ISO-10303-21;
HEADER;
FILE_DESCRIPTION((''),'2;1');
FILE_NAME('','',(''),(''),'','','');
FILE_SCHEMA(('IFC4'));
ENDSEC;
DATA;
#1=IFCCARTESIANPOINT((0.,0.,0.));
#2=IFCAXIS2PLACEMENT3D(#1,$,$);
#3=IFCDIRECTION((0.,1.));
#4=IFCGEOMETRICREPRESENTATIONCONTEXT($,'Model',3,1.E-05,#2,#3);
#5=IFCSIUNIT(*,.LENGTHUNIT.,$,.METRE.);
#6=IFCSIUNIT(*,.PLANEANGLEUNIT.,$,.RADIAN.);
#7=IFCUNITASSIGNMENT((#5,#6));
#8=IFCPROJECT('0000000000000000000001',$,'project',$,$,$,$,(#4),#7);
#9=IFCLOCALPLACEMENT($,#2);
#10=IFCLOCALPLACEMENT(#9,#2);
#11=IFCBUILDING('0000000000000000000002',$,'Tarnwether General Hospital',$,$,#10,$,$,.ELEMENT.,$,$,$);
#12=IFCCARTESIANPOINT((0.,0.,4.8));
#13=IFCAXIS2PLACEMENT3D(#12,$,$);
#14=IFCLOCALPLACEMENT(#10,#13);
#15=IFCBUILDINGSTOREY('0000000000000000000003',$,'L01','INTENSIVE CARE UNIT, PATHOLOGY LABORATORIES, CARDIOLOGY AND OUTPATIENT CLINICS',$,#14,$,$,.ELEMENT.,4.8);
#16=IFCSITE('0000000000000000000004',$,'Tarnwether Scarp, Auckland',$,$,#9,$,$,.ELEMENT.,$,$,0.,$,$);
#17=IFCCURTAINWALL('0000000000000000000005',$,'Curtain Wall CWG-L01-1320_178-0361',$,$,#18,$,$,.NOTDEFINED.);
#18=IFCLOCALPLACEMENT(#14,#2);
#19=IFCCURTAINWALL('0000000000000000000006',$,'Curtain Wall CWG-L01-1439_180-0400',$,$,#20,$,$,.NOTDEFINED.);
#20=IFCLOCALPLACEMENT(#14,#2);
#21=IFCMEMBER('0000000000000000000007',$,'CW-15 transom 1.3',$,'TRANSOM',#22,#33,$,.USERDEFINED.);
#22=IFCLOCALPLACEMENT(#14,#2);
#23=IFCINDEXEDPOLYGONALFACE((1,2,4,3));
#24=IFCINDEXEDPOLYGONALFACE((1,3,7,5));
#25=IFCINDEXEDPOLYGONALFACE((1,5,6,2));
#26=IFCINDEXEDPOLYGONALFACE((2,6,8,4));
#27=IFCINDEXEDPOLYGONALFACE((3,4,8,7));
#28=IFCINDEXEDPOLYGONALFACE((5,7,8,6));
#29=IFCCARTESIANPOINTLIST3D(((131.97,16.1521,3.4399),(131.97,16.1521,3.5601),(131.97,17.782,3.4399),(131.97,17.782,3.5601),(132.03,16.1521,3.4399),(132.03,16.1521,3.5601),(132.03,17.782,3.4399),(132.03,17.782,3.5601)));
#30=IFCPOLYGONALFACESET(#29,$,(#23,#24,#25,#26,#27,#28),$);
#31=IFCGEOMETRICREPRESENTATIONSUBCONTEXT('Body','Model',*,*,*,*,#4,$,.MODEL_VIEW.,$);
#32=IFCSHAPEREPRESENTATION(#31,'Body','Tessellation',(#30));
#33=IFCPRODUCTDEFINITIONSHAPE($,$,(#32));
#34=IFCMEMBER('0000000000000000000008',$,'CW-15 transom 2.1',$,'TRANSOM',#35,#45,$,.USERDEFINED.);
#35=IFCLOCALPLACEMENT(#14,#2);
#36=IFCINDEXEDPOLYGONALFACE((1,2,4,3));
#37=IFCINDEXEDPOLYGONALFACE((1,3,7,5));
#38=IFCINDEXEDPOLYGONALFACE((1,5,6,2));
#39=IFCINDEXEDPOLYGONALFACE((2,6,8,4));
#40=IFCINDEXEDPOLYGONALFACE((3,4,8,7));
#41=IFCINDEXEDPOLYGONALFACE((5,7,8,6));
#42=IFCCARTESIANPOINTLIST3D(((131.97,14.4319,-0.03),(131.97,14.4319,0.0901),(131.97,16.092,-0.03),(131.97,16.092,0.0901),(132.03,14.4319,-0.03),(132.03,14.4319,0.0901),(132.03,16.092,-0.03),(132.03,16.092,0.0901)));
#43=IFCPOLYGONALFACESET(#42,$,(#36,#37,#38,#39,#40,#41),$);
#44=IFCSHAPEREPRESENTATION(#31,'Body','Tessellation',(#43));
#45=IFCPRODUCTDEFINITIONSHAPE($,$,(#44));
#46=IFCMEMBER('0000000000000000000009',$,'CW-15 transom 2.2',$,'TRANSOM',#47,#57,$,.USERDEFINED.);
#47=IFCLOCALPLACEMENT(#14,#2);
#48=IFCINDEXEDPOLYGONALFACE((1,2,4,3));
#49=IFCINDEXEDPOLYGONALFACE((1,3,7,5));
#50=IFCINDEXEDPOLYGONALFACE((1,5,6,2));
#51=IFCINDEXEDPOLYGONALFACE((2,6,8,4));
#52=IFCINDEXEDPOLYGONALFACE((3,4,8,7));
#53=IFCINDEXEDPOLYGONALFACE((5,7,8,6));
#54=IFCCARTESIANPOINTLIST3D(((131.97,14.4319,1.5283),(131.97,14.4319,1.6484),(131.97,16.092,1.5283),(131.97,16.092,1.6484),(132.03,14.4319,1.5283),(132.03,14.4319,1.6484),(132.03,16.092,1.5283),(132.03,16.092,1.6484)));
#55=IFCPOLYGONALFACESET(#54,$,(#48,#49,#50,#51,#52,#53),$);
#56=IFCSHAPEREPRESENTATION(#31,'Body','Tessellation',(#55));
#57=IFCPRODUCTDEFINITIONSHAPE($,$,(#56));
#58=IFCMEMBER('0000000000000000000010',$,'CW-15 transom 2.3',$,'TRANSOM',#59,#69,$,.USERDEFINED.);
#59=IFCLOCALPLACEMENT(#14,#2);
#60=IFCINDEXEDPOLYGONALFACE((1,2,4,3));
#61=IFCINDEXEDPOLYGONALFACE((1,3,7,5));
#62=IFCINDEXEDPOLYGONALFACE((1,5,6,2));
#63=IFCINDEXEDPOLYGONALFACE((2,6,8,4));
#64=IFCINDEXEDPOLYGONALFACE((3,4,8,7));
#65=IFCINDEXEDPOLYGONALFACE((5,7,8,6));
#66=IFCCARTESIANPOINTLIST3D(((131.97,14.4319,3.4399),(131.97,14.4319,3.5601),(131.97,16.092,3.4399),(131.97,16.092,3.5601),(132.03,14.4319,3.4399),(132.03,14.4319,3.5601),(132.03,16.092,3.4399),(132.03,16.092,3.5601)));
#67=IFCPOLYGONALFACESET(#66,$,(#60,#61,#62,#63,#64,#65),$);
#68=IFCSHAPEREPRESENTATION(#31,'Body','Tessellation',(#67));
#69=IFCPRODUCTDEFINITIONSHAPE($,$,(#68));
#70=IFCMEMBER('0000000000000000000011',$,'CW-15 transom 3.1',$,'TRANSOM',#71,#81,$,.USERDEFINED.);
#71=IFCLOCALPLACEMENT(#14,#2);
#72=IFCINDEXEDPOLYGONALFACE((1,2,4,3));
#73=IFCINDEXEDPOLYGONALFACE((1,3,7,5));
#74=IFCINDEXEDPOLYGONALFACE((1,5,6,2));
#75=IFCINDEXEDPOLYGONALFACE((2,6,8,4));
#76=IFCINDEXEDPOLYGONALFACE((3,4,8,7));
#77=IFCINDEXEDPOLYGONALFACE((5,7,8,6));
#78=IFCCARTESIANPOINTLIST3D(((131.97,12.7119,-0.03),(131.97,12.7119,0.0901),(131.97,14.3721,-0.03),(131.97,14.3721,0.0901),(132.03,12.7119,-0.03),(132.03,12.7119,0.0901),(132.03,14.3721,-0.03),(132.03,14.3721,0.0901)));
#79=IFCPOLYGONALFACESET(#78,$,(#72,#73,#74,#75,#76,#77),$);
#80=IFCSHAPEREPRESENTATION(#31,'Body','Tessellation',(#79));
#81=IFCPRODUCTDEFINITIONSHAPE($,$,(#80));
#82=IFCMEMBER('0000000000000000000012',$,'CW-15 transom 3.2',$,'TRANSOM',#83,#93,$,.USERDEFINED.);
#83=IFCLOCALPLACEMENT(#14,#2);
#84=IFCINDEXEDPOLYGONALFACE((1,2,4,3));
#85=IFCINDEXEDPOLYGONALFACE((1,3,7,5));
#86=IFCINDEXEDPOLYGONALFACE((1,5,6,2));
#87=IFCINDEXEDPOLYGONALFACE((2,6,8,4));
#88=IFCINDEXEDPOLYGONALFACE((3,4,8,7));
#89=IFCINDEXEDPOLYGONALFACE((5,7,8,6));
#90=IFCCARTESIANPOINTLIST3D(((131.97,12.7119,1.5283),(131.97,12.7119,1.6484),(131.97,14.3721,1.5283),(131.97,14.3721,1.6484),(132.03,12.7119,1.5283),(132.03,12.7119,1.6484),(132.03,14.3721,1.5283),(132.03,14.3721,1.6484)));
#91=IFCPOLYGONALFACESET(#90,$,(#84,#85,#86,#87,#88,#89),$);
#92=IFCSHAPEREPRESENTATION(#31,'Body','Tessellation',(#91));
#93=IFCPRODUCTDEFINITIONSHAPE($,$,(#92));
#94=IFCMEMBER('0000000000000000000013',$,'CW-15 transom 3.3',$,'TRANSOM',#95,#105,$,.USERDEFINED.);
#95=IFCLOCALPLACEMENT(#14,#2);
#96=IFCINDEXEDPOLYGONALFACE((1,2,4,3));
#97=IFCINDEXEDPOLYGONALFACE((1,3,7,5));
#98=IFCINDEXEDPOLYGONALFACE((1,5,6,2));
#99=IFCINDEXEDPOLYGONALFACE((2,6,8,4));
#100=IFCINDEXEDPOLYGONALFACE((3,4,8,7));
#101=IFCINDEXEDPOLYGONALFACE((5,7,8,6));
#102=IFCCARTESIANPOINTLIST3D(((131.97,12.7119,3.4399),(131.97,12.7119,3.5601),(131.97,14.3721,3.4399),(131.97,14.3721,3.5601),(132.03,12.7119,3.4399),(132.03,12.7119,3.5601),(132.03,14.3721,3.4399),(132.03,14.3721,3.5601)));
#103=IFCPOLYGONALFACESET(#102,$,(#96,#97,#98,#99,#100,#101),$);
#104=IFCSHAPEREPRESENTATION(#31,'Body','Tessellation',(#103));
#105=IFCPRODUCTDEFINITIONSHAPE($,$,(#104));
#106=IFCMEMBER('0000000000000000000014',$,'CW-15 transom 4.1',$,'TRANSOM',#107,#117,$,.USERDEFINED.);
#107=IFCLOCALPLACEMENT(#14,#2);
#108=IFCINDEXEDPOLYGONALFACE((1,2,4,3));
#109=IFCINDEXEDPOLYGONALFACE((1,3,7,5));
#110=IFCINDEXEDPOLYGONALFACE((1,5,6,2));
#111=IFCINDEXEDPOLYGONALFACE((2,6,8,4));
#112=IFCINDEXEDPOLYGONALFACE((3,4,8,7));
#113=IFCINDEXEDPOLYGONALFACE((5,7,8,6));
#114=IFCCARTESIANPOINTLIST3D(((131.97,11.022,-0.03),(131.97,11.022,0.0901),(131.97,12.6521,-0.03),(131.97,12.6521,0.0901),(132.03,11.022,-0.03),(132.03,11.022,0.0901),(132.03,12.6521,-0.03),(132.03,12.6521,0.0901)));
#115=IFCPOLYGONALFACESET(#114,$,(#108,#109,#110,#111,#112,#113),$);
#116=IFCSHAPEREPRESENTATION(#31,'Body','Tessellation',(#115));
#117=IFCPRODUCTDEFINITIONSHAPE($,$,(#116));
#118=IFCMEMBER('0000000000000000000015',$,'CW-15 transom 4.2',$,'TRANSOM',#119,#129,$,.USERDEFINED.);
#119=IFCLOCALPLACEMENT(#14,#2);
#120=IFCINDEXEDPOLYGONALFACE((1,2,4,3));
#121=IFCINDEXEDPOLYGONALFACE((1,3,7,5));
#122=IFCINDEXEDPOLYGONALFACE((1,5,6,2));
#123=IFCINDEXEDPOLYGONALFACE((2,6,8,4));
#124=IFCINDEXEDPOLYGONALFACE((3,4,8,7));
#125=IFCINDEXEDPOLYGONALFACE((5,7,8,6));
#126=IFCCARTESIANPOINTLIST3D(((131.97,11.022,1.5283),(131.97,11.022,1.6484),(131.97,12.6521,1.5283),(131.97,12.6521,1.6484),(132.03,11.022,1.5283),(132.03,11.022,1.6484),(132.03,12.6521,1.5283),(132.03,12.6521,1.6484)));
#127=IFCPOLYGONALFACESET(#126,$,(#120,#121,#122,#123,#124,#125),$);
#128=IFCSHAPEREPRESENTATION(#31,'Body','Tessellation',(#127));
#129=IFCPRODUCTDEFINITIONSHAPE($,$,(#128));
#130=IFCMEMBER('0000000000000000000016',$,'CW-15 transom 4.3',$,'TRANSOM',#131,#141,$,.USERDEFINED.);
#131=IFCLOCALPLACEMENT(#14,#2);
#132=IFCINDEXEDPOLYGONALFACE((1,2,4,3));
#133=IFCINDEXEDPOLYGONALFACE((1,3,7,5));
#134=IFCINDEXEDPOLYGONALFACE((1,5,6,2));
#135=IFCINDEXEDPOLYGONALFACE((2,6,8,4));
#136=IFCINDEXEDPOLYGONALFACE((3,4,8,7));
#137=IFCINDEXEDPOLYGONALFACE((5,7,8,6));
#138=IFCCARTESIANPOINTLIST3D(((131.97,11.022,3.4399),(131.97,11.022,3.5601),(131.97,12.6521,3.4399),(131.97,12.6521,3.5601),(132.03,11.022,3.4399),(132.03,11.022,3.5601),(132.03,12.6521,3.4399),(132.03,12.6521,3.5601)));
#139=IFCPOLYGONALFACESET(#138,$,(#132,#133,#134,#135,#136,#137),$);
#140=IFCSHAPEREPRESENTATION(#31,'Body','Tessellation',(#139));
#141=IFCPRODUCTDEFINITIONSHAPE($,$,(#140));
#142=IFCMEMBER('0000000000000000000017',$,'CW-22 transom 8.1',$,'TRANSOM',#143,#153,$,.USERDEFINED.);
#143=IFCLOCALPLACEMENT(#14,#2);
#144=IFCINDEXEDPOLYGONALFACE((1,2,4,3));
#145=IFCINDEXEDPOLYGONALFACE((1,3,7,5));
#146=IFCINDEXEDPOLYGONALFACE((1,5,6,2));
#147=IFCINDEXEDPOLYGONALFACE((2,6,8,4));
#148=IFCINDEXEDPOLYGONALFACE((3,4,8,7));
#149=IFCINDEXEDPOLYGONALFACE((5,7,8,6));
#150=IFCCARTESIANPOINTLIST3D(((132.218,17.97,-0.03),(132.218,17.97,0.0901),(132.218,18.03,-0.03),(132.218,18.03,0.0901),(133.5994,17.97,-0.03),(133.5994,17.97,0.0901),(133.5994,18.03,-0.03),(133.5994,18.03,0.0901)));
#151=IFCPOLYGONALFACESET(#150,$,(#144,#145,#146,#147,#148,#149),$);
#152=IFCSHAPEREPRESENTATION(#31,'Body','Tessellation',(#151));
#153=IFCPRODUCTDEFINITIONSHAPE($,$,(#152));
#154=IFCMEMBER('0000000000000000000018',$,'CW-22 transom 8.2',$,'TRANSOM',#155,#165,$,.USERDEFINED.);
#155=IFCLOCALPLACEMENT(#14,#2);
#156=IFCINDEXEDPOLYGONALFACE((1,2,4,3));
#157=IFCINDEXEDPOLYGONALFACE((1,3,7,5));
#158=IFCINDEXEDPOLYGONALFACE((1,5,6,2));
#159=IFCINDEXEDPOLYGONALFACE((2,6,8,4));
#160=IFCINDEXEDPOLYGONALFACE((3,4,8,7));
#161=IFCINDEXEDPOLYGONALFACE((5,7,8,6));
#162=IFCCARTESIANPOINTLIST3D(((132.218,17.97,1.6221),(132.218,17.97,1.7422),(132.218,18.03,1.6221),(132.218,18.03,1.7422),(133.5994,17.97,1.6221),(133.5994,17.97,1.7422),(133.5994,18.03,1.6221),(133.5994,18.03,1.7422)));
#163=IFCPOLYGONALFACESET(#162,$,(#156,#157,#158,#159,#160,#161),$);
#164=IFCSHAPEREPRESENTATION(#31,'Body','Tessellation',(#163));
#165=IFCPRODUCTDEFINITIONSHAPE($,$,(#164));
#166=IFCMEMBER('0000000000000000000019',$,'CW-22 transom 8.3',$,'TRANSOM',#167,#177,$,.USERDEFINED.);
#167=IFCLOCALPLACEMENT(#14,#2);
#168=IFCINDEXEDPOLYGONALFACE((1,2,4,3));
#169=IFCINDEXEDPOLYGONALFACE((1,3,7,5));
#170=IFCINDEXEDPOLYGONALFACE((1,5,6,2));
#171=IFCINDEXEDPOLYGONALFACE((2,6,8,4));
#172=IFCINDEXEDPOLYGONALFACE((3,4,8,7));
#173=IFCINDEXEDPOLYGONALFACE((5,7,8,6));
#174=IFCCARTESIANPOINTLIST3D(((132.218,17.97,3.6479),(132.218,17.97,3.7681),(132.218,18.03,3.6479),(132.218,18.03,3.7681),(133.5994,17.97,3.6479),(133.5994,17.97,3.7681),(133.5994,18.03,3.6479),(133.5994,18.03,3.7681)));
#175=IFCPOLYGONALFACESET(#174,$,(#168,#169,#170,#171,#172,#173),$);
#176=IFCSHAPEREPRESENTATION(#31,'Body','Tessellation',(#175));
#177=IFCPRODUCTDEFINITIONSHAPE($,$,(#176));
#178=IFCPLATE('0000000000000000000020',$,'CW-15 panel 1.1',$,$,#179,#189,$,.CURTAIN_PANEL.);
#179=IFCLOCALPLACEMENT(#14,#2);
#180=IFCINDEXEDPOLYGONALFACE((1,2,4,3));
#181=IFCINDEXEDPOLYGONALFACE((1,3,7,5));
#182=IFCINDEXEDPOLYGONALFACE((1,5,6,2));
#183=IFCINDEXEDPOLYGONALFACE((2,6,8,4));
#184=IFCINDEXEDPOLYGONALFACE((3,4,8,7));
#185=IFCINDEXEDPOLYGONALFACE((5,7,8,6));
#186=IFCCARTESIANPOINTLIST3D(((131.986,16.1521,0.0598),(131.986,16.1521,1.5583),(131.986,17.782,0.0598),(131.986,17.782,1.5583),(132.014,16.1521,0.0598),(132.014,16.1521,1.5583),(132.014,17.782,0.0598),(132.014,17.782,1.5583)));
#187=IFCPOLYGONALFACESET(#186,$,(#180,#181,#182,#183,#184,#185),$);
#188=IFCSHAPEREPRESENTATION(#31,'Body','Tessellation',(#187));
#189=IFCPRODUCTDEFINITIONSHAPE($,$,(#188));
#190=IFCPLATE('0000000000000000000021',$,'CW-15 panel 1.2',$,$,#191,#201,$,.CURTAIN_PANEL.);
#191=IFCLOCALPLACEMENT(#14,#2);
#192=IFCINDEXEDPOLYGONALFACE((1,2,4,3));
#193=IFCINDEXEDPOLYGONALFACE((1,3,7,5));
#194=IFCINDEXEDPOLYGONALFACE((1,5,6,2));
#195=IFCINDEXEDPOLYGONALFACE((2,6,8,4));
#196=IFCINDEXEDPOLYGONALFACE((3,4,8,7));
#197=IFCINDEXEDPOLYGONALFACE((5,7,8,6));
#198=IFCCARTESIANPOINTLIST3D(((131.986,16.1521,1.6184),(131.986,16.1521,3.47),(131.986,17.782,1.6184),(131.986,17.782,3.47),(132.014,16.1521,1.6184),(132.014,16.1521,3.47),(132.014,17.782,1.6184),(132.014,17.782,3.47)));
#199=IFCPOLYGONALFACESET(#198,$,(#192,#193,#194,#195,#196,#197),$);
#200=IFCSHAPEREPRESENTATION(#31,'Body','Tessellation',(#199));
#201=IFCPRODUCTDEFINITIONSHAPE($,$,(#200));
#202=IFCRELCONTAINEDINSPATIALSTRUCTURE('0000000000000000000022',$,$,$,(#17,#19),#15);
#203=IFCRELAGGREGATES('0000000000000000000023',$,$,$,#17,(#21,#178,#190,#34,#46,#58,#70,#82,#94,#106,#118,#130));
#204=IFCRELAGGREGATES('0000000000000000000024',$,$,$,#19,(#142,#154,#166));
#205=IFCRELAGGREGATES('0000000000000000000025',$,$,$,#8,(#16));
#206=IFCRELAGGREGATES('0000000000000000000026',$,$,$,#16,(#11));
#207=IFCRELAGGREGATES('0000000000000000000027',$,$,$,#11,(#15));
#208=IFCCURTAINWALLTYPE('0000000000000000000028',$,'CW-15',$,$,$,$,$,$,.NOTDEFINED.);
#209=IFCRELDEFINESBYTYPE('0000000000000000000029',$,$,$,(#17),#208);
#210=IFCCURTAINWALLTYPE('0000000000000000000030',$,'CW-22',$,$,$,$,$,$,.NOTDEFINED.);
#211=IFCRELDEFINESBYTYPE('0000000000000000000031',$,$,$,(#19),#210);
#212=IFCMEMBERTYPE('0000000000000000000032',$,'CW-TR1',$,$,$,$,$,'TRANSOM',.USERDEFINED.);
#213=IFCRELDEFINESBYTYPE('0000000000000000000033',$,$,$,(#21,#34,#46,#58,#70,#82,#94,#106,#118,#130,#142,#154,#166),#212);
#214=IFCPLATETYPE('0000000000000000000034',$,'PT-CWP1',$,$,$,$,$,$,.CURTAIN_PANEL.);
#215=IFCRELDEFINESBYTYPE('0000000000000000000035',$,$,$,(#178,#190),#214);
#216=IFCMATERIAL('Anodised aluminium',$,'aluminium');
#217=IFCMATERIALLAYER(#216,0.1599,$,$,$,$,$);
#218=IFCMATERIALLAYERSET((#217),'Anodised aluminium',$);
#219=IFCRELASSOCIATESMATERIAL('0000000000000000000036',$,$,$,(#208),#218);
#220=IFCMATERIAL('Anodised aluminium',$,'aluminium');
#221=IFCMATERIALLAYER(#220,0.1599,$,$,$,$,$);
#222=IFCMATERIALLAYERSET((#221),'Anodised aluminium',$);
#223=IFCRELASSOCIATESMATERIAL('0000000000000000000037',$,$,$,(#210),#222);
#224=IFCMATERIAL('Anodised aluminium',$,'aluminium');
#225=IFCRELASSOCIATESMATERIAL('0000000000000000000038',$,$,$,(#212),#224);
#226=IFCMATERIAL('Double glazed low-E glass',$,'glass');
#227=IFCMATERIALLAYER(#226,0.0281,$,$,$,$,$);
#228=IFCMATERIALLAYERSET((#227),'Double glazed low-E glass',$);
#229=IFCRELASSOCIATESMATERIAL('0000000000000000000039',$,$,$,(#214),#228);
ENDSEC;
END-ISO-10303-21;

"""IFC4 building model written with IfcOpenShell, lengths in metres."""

from ifc_helpers import new_model, si_unit, direction, frame, origin, origin_2d, place, context, subcontext, project, spatial, rectangle, extrude, material, layer, layer_set, material_profile, profile_set, type_object, element, aggregate, save


model = new_model("IFC4")

# Units and contexts
model_context = context("Model", 3, precision=1e-05, world=origin(), true_north=direction((0.0, 1.0)))
body_context = subcontext(model_context, "Body", "Model", "MODEL_VIEW")
ifc_project = project(units=[si_unit("LENGTHUNIT", "METRE"), si_unit("PLANEANGLEUNIT", "RADIAN")], contexts=[model_context])

# Site, building, storey
site_placement = place(None, origin())
site = spatial("IfcSite", under=ifc_project, at=site_placement, Name="Tarnwether Scarp, Auckland", CompositionType="ELEMENT", RefElevation=0.0)
building_placement = place(site_placement, origin())
building = spatial("IfcBuilding", under=site, at=building_placement, Name="Tarnwether General Hospital", CompositionType="ELEMENT")
storey_placement = place(building_placement, frame((0.0, 0.0, 4.8)))
storey = spatial("IfcBuildingStorey", under=building, at=storey_placement, Name="L01", Description="INTENSIVE CARE UNIT, PATHOLOGY LABORATORIES, CARDIOLOGY AND OUTPATIENT CLINICS", CompositionType="ELEMENT", Elevation=4.8)

# Curtain walls
ifc_material_1 = material(Name="Anodised aluminium", Category="aluminium")
ifc_layer_1 = layer(ifc_material_1, 0.1599)
ifc_layer_set_1 = layer_set([ifc_layer_1], Name="Anodised aluminium")
curtain_wall_type_1 = type_object("IfcCurtainWallType", Name="CW-15", PredefinedType="NOTDEFINED", material=ifc_layer_set_1)
curtain_wall_1_placement = place(storey_placement, origin())
curtain_wall_1 = element("IfcCurtainWall", 1, at=curtain_wall_1_placement, inside=storey, type_object=curtain_wall_type_1, Name="Curtain Wall CWG-L01-1320_178-0361", PredefinedType="NOTDEFINED")
ifc_material_2 = material(Name="Anodised aluminium", Category="aluminium")
ifc_layer_2 = layer(ifc_material_2, 0.1599)
ifc_layer_set_2 = layer_set([ifc_layer_2], Name="Anodised aluminium")
curtain_wall_type_2 = type_object("IfcCurtainWallType", Name="CW-22", PredefinedType="NOTDEFINED", material=ifc_layer_set_2)
curtain_wall_2_placement = place(storey_placement, origin())
curtain_wall_2 = element("IfcCurtainWall", 2, at=curtain_wall_2_placement, inside=storey, type_object=curtain_wall_type_2, Name="Curtain Wall CWG-L01-1439_180-0400", PredefinedType="NOTDEFINED")

# Members
ifc_material_3 = material(Name="Anodised aluminium", Category="aluminium")
ifc_material_profile_1 = material_profile(ifc_material_3, rectangle(XDim=0.0601, YDim=0.1201, at=origin_2d()), Name="ALU-TRN-60x120")
ifc_profile_set_1 = profile_set([ifc_material_profile_1], Name="Anodised aluminium")
member_type_1 = type_object("IfcMemberType", Name="CW-TR1", ElementType="TRANSOM", PredefinedType="USERDEFINED", material=ifc_profile_set_1)
member_1_placement = place(storey_placement, frame((132.0, 17.782, 3.5), z_axis=(0.0, -1.0, 0.0), x_axis=(1.0, 0.0, 0.0)))
member_1 = element("IfcMember", 3, at=member_1_placement, type_object=member_type_1, Name="CW-15 transom 1.3", ObjectType="TRANSOM", PredefinedType="USERDEFINED", context=body_context, shape_type="SweptSolid", body=[
    extrude(rectangle(XDim=0.0601, YDim=0.1201, at=origin_2d()), origin(), (0.0, 0.0, 1.0), 1.6299),
])
member_2_placement = place(storey_placement, frame((132.0, 16.092, 0.03), z_axis=(0.0, -1.0, 0.0), x_axis=(1.0, 0.0, 0.0)))
member_2 = element("IfcMember", 4, at=member_2_placement, type_object=member_type_1, Name="CW-15 transom 2.1", ObjectType="TRANSOM", PredefinedType="USERDEFINED", context=body_context, shape_type="SweptSolid", body=[
    extrude(rectangle(XDim=0.0601, YDim=0.1201, at=origin_2d()), origin(), (0.0, 0.0, 1.0), 1.6602),
])
member_3_placement = place(storey_placement, frame((132.0, 16.092, 1.5884), z_axis=(0.0, -1.0, 0.0), x_axis=(1.0, 0.0, 0.0)))
member_3 = element("IfcMember", 5, at=member_3_placement, type_object=member_type_1, Name="CW-15 transom 2.2", ObjectType="TRANSOM", PredefinedType="USERDEFINED", context=body_context, shape_type="SweptSolid", body=[
    extrude(rectangle(XDim=0.0601, YDim=0.1201, at=origin_2d()), origin(), (0.0, 0.0, 1.0), 1.6602),
])
member_4_placement = place(storey_placement, frame((132.0, 16.092, 3.5), z_axis=(0.0, -1.0, 0.0), x_axis=(1.0, 0.0, 0.0)))
member_4 = element("IfcMember", 6, at=member_4_placement, type_object=member_type_1, Name="CW-15 transom 2.3", ObjectType="TRANSOM", PredefinedType="USERDEFINED", context=body_context, shape_type="SweptSolid", body=[
    extrude(rectangle(XDim=0.0601, YDim=0.1201, at=origin_2d()), origin(), (0.0, 0.0, 1.0), 1.6602),
])
member_5_placement = place(storey_placement, frame((132.0, 14.3721, 0.03), z_axis=(0.0, -1.0, 0.0), x_axis=(1.0, 0.0, 0.0)))
member_5 = element("IfcMember", 7, at=member_5_placement, type_object=member_type_1, Name="CW-15 transom 3.1", ObjectType="TRANSOM", PredefinedType="USERDEFINED", context=body_context, shape_type="SweptSolid", body=[
    extrude(rectangle(XDim=0.0601, YDim=0.1201, at=origin_2d()), origin(), (0.0, 0.0, 1.0), 1.6602),
])
member_6_placement = place(storey_placement, frame((132.0, 14.3721, 1.5884), z_axis=(0.0, -1.0, 0.0), x_axis=(1.0, 0.0, 0.0)))
member_6 = element("IfcMember", 8, at=member_6_placement, type_object=member_type_1, Name="CW-15 transom 3.2", ObjectType="TRANSOM", PredefinedType="USERDEFINED", context=body_context, shape_type="SweptSolid", body=[
    extrude(rectangle(XDim=0.0601, YDim=0.1201, at=origin_2d()), origin(), (0.0, 0.0, 1.0), 1.6602),
])
member_7_placement = place(storey_placement, frame((132.0, 14.3721, 3.5), z_axis=(0.0, -1.0, 0.0), x_axis=(1.0, 0.0, 0.0)))
member_7 = element("IfcMember", 9, at=member_7_placement, type_object=member_type_1, Name="CW-15 transom 3.3", ObjectType="TRANSOM", PredefinedType="USERDEFINED", context=body_context, shape_type="SweptSolid", body=[
    extrude(rectangle(XDim=0.0601, YDim=0.1201, at=origin_2d()), origin(), (0.0, 0.0, 1.0), 1.6602),
])
member_8_placement = place(storey_placement, frame((132.0, 12.6521, 0.03), z_axis=(0.0, -1.0, 0.0), x_axis=(1.0, 0.0, 0.0)))
member_8 = element("IfcMember", 10, at=member_8_placement, type_object=member_type_1, Name="CW-15 transom 4.1", ObjectType="TRANSOM", PredefinedType="USERDEFINED", context=body_context, shape_type="SweptSolid", body=[
    extrude(rectangle(XDim=0.0601, YDim=0.1201, at=origin_2d()), origin(), (0.0, 0.0, 1.0), 1.6301),
])
member_9_placement = place(storey_placement, frame((132.0, 12.6521, 1.5884), z_axis=(0.0, -1.0, 0.0), x_axis=(1.0, 0.0, 0.0)))
member_9 = element("IfcMember", 11, at=member_9_placement, type_object=member_type_1, Name="CW-15 transom 4.2", ObjectType="TRANSOM", PredefinedType="USERDEFINED", context=body_context, shape_type="SweptSolid", body=[
    extrude(rectangle(XDim=0.0601, YDim=0.1201, at=origin_2d()), origin(), (0.0, 0.0, 1.0), 1.6301),
])
member_10_placement = place(storey_placement, frame((132.0, 12.6521, 3.5), z_axis=(0.0, -1.0, 0.0), x_axis=(1.0, 0.0, 0.0)))
member_10 = element("IfcMember", 12, at=member_10_placement, type_object=member_type_1, Name="CW-15 transom 4.3", ObjectType="TRANSOM", PredefinedType="USERDEFINED", context=body_context, shape_type="SweptSolid", body=[
    extrude(rectangle(XDim=0.0601, YDim=0.1201, at=origin_2d()), origin(), (0.0, 0.0, 1.0), 1.6301),
])
member_11_placement = place(storey_placement, frame((133.5994, 18.0, 0.03), z_axis=(-1.0, 0.0, 0.0), x_axis=(0.0, -1.0, 0.0)))
member_11 = element("IfcMember", 13, at=member_11_placement, type_object=member_type_1, Name="CW-22 transom 8.1", ObjectType="TRANSOM", PredefinedType="USERDEFINED", context=body_context, shape_type="SweptSolid", body=[
    extrude(rectangle(XDim=0.0601, YDim=0.1201, at=origin_2d()), origin(), (0.0, 0.0, 1.0), 1.3813),
])
member_12_placement = place(storey_placement, frame((133.5994, 18.0, 1.6821), z_axis=(-1.0, 0.0, 0.0), x_axis=(0.0, -1.0, 0.0)))
member_12 = element("IfcMember", 14, at=member_12_placement, type_object=member_type_1, Name="CW-22 transom 8.2", ObjectType="TRANSOM", PredefinedType="USERDEFINED", context=body_context, shape_type="SweptSolid", body=[
    extrude(rectangle(XDim=0.0601, YDim=0.1201, at=origin_2d()), origin(), (0.0, 0.0, 1.0), 1.3813),
])
member_13_placement = place(storey_placement, frame((133.5994, 18.0, 3.708), z_axis=(-1.0, 0.0, 0.0), x_axis=(0.0, -1.0, 0.0)))
member_13 = element("IfcMember", 15, at=member_13_placement, type_object=member_type_1, Name="CW-22 transom 8.3", ObjectType="TRANSOM", PredefinedType="USERDEFINED", context=body_context, shape_type="SweptSolid", body=[
    extrude(rectangle(XDim=0.0601, YDim=0.1201, at=origin_2d()), origin(), (0.0, 0.0, 1.0), 1.3813),
])

# Plates
ifc_material_4 = material(Name="Double glazed low-E glass", Category="glass")
ifc_layer_3 = layer(ifc_material_4, 0.0281)
ifc_layer_set_3 = layer_set([ifc_layer_3], Name="Double glazed low-E glass")
plate_type_1 = type_object("IfcPlateType", Name="PT-CWP1", PredefinedType="CURTAIN_PANEL", material=ifc_layer_set_3)
plate_1_placement = place(storey_placement, frame((132.0, 16.967, 0.0598), z_axis=(0.0, 0.0, 1.0), x_axis=(0.0, -1.0, 0.0)))
plate_1 = element("IfcPlate", 16, at=plate_1_placement, type_object=plate_type_1, Name="CW-15 panel 1.1", PredefinedType="CURTAIN_PANEL", context=body_context, shape_type="SweptSolid", body=[
    extrude(rectangle(XDim=1.6299, YDim=0.0281, at=origin_2d()), origin(), (0.0, 0.0, 1.0), 1.4985),
])
plate_2_placement = place(storey_placement, frame((132.0, 16.967, 1.6184), z_axis=(0.0, 0.0, 1.0), x_axis=(0.0, -1.0, 0.0)))
plate_2 = element("IfcPlate", 17, at=plate_2_placement, type_object=plate_type_1, Name="CW-15 panel 1.2", PredefinedType="CURTAIN_PANEL", context=body_context, shape_type="SweptSolid", body=[
    extrude(rectangle(XDim=1.6299, YDim=0.0281, at=origin_2d()), origin(), (0.0, 0.0, 1.0), 1.8516),
])
aggregate(curtain_wall_1, [member_1, plate_1, plate_2, member_2, member_3, member_4, member_5, member_6, member_7, member_8, member_9, member_10])
aggregate(curtain_wall_2, [member_11, member_12, member_13])

save(model, "model.ifc")
